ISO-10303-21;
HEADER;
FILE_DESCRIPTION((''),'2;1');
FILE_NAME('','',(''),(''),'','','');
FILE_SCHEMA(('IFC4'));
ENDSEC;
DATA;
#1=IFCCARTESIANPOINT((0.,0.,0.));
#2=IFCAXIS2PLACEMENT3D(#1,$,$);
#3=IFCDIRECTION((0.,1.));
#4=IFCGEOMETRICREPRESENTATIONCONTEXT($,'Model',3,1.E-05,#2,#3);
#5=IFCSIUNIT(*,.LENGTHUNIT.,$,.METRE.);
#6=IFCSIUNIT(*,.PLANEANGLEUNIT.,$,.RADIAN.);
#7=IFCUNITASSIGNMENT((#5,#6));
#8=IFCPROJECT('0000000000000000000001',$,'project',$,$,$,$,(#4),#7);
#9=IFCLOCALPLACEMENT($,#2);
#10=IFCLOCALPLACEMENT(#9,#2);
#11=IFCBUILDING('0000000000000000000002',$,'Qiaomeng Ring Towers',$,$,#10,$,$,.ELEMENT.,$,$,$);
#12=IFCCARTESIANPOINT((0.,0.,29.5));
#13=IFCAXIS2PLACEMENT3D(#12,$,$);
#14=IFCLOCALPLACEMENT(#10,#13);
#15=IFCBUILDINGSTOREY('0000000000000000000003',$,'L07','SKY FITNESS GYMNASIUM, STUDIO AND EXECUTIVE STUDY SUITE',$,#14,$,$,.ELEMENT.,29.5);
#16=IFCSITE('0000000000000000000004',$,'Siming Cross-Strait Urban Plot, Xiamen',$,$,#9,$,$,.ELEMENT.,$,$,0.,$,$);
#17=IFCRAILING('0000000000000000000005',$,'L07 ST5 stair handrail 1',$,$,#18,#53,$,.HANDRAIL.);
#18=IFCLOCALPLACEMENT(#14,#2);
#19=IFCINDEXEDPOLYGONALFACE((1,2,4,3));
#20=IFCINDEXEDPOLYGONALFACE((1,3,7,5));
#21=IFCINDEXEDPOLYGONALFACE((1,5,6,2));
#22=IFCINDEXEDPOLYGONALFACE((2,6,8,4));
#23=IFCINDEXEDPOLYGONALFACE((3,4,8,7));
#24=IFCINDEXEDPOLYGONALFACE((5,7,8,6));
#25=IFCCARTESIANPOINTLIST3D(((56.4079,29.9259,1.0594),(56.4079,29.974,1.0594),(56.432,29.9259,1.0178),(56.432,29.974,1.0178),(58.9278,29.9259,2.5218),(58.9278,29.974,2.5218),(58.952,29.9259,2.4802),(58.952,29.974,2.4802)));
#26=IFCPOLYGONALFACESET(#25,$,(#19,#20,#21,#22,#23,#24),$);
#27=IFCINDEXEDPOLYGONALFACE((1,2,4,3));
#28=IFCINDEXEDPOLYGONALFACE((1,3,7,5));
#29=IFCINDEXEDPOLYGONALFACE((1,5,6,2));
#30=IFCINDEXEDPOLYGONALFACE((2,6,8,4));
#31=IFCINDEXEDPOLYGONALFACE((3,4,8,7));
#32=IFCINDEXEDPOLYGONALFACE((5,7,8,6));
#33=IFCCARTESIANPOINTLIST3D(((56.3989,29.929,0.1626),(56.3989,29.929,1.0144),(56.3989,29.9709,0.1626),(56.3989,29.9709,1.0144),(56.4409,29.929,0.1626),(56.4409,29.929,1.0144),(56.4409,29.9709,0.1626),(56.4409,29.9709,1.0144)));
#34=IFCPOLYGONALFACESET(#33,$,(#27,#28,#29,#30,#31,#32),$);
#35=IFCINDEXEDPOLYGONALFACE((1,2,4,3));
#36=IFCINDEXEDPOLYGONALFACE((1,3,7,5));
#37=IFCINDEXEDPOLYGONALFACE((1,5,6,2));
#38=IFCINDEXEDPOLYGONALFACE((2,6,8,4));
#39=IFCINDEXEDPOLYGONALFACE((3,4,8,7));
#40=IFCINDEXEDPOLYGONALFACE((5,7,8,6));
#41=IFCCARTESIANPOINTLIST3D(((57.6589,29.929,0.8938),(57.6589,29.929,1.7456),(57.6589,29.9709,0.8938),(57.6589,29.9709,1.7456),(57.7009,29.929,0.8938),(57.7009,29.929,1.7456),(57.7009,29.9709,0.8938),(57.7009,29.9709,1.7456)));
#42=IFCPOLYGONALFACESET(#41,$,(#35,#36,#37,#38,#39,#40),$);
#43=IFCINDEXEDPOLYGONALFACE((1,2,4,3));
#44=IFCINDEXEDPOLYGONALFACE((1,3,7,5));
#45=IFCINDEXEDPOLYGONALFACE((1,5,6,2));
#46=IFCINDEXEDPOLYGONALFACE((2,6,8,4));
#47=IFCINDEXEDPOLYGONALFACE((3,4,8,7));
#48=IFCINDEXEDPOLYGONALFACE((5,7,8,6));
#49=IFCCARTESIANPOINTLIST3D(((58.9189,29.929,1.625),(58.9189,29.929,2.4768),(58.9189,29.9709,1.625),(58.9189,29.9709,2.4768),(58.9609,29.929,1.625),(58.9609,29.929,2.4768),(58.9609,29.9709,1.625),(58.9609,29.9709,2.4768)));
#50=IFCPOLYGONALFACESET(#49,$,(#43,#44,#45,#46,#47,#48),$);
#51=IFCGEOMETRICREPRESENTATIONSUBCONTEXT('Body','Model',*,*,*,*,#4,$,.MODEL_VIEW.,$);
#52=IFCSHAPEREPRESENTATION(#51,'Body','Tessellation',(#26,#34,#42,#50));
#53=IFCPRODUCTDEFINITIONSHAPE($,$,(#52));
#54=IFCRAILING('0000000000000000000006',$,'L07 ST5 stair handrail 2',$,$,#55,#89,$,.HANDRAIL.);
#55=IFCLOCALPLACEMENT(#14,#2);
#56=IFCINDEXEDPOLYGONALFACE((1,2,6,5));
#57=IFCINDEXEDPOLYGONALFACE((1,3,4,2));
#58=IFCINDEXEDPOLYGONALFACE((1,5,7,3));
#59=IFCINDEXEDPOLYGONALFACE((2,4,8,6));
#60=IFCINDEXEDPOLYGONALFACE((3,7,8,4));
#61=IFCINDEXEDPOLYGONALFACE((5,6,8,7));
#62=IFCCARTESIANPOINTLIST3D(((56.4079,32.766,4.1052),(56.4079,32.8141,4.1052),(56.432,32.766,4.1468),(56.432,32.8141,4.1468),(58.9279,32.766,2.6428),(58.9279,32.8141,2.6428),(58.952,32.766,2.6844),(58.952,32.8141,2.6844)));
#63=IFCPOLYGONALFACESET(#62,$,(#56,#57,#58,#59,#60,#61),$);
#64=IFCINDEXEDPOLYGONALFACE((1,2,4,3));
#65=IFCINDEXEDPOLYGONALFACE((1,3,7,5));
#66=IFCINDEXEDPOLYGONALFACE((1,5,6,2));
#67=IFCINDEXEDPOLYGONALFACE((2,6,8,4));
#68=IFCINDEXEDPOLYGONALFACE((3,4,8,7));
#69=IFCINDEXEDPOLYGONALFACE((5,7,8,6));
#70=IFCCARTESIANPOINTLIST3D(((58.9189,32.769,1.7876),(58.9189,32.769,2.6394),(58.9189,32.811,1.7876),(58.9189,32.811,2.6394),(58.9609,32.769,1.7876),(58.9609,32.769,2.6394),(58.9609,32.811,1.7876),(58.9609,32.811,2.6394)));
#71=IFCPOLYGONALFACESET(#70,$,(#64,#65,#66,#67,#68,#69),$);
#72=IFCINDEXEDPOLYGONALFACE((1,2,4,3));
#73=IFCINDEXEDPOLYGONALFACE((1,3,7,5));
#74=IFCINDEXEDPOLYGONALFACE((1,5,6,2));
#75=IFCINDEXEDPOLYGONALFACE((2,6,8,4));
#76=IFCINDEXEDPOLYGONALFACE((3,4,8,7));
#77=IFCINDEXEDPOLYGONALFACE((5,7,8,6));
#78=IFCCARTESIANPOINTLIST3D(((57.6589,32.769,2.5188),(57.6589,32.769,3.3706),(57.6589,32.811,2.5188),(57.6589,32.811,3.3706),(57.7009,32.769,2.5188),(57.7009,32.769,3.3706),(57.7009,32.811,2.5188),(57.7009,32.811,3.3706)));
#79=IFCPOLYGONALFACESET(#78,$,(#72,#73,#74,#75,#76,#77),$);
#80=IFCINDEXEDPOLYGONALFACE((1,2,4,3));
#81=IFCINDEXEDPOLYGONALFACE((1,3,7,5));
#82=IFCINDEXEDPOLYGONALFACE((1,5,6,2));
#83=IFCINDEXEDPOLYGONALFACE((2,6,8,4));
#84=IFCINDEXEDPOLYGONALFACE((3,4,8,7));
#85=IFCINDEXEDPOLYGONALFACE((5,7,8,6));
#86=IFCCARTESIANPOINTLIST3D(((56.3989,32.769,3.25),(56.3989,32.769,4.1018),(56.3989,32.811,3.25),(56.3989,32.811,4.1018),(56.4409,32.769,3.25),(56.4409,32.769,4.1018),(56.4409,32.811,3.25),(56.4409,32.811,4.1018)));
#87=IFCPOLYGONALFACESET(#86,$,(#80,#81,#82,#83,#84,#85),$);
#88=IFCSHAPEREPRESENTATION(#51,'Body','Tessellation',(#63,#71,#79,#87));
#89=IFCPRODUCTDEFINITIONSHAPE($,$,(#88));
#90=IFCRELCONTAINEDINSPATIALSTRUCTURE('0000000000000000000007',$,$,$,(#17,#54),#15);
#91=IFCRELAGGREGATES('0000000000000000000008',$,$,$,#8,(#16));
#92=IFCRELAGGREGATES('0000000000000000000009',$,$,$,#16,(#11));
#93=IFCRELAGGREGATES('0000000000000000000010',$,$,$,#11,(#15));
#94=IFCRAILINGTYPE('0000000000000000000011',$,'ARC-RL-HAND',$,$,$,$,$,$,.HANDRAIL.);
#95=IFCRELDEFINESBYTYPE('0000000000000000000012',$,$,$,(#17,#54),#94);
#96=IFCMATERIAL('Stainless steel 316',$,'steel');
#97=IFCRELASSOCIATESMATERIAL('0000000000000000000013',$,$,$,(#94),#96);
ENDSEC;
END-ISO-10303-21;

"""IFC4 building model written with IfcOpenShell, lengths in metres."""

from ifc_helpers import new_model, si_unit, direction, frame, origin, origin_2d, place, context, subcontext, project, spatial, rectangle, extrude, material, type_object, element, save


model = new_model("IFC4")

# Units and contexts
model_context = context("Model", 3, precision=1e-05, world=origin(), true_north=direction((0.0, 1.0)))
body_context = subcontext(model_context, "Body", "Model", "MODEL_VIEW")
ifc_project = project(units=[si_unit("LENGTHUNIT", "METRE"), si_unit("PLANEANGLEUNIT", "RADIAN")], contexts=[model_context])

# Site, building, storey
site_placement = place(None, origin())
site = spatial("IfcSite", under=ifc_project, at=site_placement, Name="Siming Cross-Strait Urban Plot, Xiamen", CompositionType="ELEMENT", RefElevation=0.0)
building_placement = place(site_placement, origin())
building = spatial("IfcBuilding", under=site, at=building_placement, Name="Qiaomeng Ring Towers", CompositionType="ELEMENT")
storey_placement = place(building_placement, frame((0.0, 0.0, 29.5)))
storey = spatial("IfcBuildingStorey", under=building, at=storey_placement, Name="L07", Description="SKY FITNESS GYMNASIUM, STUDIO AND EXECUTIVE STUDY SUITE", CompositionType="ELEMENT", Elevation=29.5)

# Shared definitions
ifc_material_1 = material(Name="Stainless steel 316", Category="steel")

# Railings
railing_type_1 = type_object("IfcRailingType", Name="ARC-RL-HAND", PredefinedType="HANDRAIL", material=ifc_material_1)
railing_1_placement = place(storey_placement, frame((56.4199, 29.95, 0.1626)))
element("IfcRailing", 1, at=railing_1_placement, inside=storey, type_object=railing_type_1, Name="L07 ST5 stair handrail 1", PredefinedType="HANDRAIL", context=body_context, shape_type="SweptSolid", body=[
    extrude(rectangle(XDim=0.0481, YDim=0.0481, at=origin_2d()), frame((0.0, 0.0, 0.876), z_axis=(0.864913, 0.0, 0.501921), x_axis=(0.0, 1.0, 0.0)), (0.0, 0.0, 1.0), 2.9136),
    extrude(rectangle(XDim=0.042, YDim=0.042, at=origin_2d()), origin(), (0.0, 0.0, 1.0), 0.8518),
    extrude(rectangle(XDim=0.042, YDim=0.042, at=origin_2d()), frame((1.26, 0.0, 0.7312)), (0.0, 0.0, 1.0), 0.8518),
    extrude(rectangle(XDim=0.042, YDim=0.042, at=origin_2d()), frame((2.52, 0.0, 1.4624)), (0.0, 0.0, 1.0), 0.8518),
])
railing_2_placement = place(storey_placement, frame((58.9399, 32.79, 1.7876)))
element("IfcRailing", 2, at=railing_2_placement, inside=storey, type_object=railing_type_1, Name="L07 ST5 stair handrail 2", PredefinedType="HANDRAIL", context=body_context, shape_type="SweptSolid", body=[
    extrude(rectangle(XDim=0.0481, YDim=0.0481, at=origin_2d()), frame((0.0, 0.0, 0.876), z_axis=(-0.864913, 0.0, 0.501921), x_axis=(0.0, -1.0, 0.0)), (0.0, 0.0, 1.0), 2.9136),
    extrude(rectangle(XDim=0.042, YDim=0.042, at=origin_2d()), origin(), (0.0, 0.0, 1.0), 0.8518),
    extrude(rectangle(XDim=0.042, YDim=0.042, at=origin_2d()), frame((-1.26, 0.0, 0.7312)), (0.0, 0.0, 1.0), 0.8518),
    extrude(rectangle(XDim=0.042, YDim=0.042, at=origin_2d()), frame((-2.52, 0.0, 1.4624)), (0.0, 0.0, 1.0), 0.8518),
])

save(model, "model.ifc")
